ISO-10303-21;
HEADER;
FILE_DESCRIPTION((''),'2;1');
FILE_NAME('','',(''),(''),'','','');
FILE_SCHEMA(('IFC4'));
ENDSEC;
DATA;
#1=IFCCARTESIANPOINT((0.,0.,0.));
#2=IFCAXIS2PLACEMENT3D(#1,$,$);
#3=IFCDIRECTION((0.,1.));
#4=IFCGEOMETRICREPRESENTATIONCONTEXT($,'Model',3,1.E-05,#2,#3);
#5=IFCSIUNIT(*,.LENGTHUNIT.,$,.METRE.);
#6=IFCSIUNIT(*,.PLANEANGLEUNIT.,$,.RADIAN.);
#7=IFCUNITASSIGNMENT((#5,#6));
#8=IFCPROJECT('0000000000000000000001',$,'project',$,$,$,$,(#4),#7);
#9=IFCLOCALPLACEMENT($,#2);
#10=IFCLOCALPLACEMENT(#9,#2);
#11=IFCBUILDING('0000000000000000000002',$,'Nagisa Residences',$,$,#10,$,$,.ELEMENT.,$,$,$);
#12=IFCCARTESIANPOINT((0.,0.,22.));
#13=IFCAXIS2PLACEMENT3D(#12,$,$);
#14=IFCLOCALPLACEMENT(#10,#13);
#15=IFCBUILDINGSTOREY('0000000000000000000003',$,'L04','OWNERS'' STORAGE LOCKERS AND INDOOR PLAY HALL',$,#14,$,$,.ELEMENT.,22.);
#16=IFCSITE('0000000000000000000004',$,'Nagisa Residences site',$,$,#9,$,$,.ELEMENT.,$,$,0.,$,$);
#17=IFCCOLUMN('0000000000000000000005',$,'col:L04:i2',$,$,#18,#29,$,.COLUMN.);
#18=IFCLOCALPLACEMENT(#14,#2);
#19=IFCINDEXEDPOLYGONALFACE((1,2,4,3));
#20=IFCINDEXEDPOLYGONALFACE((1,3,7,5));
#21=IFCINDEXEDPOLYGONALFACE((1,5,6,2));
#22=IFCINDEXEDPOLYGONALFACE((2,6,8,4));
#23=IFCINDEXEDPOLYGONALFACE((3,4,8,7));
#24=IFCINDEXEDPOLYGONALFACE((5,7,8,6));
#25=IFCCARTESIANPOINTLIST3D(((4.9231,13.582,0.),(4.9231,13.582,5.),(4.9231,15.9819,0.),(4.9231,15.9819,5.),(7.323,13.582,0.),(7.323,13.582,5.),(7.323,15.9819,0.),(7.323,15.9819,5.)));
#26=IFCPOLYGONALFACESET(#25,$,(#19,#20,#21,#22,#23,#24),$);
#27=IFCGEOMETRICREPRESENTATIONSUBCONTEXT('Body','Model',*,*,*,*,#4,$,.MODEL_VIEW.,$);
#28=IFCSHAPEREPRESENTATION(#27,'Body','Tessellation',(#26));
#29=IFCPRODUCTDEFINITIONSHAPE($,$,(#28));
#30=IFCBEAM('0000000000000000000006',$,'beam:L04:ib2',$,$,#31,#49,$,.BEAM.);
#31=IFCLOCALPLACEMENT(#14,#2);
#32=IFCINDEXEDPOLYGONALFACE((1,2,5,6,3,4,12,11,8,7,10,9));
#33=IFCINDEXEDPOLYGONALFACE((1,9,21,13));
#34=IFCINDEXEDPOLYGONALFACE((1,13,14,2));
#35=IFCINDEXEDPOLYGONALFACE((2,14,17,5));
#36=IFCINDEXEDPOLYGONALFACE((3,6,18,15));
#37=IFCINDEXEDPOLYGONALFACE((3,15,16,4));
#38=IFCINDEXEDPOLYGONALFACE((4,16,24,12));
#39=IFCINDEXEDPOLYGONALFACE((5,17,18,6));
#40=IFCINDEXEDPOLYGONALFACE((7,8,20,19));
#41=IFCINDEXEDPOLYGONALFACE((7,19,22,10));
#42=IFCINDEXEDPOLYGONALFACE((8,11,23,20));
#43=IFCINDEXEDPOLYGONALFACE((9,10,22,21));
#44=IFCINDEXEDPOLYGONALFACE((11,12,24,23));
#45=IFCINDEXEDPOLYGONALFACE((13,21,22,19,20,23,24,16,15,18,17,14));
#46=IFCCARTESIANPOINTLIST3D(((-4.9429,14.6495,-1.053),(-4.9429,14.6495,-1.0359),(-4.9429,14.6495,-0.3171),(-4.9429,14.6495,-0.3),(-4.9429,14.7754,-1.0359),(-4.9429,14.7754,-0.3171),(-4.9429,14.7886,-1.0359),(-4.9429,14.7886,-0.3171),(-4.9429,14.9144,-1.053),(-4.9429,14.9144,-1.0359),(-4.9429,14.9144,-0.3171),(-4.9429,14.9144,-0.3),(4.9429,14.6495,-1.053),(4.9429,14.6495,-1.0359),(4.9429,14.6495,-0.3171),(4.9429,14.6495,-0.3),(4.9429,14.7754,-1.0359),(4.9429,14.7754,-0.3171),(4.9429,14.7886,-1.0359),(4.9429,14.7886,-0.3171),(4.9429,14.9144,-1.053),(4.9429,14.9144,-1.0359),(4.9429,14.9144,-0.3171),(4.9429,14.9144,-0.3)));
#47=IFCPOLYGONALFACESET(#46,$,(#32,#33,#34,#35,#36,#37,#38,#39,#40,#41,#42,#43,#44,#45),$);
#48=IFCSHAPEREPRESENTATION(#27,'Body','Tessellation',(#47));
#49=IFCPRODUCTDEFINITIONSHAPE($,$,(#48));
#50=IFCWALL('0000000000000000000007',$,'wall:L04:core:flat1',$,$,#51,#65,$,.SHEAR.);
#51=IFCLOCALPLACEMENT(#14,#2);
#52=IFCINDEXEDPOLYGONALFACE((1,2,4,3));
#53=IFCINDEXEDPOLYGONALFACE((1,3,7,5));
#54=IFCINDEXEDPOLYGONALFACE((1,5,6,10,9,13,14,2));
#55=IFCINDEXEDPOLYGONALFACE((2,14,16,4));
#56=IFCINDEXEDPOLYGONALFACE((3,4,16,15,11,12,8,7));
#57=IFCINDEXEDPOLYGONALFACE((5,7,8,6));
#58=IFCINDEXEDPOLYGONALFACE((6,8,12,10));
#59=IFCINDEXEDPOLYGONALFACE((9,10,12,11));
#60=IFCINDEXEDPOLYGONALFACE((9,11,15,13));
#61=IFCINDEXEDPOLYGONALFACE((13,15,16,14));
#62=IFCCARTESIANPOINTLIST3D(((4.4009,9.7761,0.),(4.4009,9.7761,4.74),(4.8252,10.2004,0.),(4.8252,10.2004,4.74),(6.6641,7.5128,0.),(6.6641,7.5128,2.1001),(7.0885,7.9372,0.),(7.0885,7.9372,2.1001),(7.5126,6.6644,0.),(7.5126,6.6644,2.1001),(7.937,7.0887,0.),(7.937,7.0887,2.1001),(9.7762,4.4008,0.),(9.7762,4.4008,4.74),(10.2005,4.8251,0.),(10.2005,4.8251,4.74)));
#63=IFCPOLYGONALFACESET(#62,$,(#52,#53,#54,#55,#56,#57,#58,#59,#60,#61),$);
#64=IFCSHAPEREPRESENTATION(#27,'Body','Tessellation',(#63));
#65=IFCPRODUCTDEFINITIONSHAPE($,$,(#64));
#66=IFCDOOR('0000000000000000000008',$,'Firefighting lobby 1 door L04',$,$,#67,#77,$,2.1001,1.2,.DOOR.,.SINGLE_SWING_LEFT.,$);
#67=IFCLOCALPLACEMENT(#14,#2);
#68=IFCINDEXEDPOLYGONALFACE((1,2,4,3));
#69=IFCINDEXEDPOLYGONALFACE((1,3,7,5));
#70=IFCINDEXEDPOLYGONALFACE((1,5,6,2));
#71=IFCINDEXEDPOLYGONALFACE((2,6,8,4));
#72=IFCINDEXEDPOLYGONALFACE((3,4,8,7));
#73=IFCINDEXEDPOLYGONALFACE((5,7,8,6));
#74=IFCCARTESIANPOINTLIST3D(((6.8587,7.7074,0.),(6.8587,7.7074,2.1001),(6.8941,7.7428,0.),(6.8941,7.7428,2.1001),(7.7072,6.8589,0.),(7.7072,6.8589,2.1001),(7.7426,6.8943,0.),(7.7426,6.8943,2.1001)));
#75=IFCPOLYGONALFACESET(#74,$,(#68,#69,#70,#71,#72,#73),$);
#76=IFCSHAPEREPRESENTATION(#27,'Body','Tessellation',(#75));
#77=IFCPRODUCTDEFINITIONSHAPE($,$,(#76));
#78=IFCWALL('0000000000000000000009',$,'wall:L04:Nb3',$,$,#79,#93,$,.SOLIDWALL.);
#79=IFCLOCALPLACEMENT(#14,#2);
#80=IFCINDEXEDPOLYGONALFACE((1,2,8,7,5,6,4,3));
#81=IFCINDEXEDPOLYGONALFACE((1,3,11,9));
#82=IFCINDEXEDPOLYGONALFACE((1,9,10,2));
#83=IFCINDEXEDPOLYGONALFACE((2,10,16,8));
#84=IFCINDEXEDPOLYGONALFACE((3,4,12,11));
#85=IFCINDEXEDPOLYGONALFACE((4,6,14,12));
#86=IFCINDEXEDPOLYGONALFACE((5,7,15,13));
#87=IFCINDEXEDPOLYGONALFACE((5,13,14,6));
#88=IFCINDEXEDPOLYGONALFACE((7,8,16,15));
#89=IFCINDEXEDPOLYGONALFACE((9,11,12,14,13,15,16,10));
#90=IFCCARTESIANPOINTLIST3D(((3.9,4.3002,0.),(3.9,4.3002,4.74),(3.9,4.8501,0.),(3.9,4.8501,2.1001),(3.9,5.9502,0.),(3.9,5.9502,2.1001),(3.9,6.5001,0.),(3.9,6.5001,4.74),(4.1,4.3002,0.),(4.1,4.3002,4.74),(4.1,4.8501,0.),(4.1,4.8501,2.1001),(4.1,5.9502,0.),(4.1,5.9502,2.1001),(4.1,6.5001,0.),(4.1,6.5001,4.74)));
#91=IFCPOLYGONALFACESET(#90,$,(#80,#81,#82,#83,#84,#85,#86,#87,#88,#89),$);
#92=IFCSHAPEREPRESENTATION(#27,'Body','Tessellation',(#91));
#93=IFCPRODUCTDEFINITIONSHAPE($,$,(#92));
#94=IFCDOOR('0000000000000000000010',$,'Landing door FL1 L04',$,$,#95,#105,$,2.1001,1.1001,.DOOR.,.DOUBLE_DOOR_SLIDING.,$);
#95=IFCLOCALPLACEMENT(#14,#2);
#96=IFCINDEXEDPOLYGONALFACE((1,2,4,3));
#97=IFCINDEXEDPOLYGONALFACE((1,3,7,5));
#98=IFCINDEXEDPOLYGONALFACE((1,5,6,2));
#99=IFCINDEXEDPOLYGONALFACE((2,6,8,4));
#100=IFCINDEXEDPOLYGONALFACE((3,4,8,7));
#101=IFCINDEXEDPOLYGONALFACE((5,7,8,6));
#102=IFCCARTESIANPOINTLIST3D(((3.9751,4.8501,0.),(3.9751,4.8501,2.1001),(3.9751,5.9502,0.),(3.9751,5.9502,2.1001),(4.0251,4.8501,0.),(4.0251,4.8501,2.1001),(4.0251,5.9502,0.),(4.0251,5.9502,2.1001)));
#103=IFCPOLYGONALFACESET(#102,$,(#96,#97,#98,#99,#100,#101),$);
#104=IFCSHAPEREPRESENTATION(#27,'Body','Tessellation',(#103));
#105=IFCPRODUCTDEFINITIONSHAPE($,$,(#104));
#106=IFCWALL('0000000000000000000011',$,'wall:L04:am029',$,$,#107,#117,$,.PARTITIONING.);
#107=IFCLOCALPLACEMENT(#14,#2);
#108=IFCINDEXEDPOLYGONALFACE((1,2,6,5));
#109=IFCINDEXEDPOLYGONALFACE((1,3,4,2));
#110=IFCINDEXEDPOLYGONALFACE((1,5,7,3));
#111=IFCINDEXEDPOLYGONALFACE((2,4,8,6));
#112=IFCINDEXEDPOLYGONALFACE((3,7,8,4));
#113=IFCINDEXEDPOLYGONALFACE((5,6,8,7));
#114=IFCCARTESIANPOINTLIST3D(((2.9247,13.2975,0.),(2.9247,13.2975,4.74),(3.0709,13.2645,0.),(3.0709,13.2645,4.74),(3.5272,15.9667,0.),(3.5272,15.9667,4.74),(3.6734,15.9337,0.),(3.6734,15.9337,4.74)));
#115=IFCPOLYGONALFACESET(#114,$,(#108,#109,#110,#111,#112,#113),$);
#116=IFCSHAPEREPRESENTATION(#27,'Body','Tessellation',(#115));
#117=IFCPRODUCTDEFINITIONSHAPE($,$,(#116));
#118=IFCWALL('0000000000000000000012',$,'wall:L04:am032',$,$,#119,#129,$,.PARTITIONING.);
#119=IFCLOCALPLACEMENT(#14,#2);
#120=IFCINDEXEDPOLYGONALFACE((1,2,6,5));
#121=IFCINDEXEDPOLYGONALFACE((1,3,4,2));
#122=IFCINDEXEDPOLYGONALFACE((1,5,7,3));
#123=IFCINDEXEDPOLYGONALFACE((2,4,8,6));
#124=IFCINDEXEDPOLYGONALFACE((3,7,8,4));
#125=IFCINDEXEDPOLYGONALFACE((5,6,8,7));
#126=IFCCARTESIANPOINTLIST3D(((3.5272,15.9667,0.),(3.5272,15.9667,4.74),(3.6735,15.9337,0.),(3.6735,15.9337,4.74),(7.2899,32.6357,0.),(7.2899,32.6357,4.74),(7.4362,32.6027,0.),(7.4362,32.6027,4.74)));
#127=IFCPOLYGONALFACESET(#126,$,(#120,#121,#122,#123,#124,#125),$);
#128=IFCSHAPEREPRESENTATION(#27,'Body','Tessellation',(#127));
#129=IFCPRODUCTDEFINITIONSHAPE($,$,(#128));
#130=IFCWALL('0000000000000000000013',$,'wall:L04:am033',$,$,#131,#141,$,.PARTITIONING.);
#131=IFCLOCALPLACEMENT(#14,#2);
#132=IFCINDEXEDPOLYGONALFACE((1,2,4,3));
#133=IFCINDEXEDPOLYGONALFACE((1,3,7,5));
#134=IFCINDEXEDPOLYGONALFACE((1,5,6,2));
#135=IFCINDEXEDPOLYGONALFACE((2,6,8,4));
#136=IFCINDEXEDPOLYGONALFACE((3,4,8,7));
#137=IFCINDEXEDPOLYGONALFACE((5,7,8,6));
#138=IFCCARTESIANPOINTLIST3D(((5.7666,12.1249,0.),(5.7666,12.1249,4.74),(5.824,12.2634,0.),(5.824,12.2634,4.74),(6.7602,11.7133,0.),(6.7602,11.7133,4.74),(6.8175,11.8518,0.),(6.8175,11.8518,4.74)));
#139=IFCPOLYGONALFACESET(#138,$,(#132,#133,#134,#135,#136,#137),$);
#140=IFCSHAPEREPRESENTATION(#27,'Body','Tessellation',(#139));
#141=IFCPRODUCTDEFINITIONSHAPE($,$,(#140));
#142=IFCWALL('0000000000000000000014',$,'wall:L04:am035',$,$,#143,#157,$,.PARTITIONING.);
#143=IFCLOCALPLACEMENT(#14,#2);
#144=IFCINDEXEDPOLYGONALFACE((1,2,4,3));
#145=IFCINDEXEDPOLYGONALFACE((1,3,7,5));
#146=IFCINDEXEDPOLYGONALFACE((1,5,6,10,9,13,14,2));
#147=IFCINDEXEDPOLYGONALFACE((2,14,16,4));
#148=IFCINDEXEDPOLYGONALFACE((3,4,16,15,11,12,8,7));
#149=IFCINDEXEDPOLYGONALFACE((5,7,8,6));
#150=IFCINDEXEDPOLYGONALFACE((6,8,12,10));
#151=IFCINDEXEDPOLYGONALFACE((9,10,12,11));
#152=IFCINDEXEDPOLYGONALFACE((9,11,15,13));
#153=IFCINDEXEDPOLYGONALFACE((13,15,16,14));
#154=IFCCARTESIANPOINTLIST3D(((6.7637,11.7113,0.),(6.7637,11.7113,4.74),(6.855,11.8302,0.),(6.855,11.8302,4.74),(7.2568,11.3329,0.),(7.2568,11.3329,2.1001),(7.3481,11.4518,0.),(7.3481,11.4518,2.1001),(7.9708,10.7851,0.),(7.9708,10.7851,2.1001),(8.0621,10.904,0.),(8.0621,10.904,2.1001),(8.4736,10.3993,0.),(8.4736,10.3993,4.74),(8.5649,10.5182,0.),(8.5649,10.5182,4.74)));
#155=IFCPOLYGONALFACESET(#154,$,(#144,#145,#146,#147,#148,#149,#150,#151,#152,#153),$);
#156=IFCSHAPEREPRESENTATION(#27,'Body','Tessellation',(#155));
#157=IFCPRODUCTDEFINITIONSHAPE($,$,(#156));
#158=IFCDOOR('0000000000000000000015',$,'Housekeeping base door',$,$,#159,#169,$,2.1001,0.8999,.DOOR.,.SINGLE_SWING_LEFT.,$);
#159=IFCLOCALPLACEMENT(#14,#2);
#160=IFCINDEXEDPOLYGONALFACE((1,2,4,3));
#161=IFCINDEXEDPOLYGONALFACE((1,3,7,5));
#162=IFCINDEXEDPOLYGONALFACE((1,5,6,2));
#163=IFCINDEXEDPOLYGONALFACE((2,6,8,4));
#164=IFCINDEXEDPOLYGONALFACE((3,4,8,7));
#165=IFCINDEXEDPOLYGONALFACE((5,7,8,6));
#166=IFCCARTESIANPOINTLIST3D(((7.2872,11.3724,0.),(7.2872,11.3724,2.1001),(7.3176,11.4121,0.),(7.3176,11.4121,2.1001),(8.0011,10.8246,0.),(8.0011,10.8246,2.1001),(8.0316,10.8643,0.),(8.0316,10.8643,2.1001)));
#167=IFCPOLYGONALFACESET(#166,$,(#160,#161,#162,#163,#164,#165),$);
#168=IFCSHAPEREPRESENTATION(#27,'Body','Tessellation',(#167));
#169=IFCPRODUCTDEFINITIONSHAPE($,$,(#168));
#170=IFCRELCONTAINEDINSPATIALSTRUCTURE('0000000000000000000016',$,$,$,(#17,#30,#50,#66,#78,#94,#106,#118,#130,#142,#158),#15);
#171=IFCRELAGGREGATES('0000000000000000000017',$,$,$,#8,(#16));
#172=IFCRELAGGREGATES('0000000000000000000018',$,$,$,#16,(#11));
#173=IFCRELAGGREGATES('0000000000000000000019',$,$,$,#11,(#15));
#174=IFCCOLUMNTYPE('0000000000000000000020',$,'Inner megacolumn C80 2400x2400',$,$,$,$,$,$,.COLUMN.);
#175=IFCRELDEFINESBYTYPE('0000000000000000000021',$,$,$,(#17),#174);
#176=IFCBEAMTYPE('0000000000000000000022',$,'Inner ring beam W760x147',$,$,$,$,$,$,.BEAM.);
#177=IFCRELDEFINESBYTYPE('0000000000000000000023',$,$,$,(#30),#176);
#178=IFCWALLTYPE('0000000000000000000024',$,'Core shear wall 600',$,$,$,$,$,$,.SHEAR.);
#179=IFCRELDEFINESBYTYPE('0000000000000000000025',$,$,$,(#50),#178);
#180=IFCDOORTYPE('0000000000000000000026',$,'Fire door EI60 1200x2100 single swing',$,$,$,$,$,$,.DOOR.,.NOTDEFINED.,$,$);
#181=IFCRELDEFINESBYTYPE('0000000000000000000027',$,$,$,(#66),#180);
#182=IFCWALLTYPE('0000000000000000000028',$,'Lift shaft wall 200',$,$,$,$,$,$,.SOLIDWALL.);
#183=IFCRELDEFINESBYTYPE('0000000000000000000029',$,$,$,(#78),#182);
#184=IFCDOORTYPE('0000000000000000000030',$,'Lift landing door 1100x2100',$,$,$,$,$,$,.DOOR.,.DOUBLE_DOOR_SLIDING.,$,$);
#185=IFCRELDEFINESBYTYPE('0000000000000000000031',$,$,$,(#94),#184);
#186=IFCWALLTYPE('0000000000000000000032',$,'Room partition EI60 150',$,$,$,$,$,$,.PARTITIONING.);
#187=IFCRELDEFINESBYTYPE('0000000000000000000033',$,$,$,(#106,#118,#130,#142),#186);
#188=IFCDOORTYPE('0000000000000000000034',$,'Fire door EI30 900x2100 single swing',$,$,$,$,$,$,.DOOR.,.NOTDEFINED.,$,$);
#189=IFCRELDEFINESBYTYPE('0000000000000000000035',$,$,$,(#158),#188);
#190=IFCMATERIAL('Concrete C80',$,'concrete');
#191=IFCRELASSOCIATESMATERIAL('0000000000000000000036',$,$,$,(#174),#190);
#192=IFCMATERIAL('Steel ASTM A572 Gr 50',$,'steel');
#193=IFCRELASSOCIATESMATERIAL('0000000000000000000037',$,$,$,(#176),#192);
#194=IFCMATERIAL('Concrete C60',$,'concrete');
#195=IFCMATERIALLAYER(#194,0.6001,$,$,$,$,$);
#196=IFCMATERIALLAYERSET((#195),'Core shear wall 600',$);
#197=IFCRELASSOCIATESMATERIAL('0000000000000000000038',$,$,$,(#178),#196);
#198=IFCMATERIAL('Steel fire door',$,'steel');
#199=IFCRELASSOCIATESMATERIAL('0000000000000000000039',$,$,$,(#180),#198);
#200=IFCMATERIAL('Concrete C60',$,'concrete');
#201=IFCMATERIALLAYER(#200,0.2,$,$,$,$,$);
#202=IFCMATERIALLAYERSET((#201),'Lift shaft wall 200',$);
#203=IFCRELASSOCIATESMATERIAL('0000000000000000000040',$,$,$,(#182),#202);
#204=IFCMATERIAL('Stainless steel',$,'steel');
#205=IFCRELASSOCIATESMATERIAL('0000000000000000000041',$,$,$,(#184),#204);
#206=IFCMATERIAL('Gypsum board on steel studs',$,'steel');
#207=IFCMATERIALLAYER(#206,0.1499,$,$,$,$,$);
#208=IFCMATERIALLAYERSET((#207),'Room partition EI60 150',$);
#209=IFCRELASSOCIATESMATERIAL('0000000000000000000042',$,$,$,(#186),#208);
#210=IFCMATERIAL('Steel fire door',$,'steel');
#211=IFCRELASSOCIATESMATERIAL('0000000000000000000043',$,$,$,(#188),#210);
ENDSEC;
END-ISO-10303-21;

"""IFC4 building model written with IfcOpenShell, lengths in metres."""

from ifc_helpers import new_model, si_unit, direction, frame, frame_2d, origin, origin_2d, place, context, subcontext, project, spatial, rectangle, i_section, extrude, material, layer, layer_set, material_profile, profile_set, type_object, element, fill, save


model = new_model("IFC4")

# Units and contexts
model_context = context("Model", 3, precision=1e-05, world=origin(), true_north=direction((0.0, 1.0)))
body_context = subcontext(model_context, "Body", "Model", "MODEL_VIEW")
ifc_project = project(units=[si_unit("LENGTHUNIT", "METRE"), si_unit("PLANEANGLEUNIT", "RADIAN")], contexts=[model_context])

# Site, building, storey
site_placement = place(None, origin())
site = spatial("IfcSite", under=ifc_project, at=site_placement, Name="Nagisa Residences site", CompositionType="ELEMENT", RefElevation=0.0)
building_placement = place(site_placement, origin())
building = spatial("IfcBuilding", under=site, at=building_placement, Name="Nagisa Residences", CompositionType="ELEMENT")
storey_placement = place(building_placement, frame((0.0, 0.0, 22.0)))
storey = spatial("IfcBuildingStorey", under=building, at=storey_placement, Name="L04", Description="OWNERS' STORAGE LOCKERS AND INDOOR PLAY HALL", CompositionType="ELEMENT", Elevation=22.0)

# Column
ifc_material_1 = material(Name="Concrete C80", Category="concrete")
ifc_material_profile_1 = material_profile(ifc_material_1, rectangle(XDim=2.3999, YDim=2.3999, at=origin_2d()), Name="C80 2400x2400")
ifc_profile_set_1 = profile_set([ifc_material_profile_1], Name="Concrete C80")
column_type = type_object("IfcColumnType", Name="Inner megacolumn C80 2400x2400", PredefinedType="COLUMN", material=ifc_profile_set_1)
column_placement = place(storey_placement, frame((6.123, 14.782, 0.0), z_axis=(0.0, 0.0, 1.0), x_axis=(1.0, 0.0, 0.0)))
element("IfcColumn", 1, at=column_placement, inside=storey, type_object=column_type, Name="col:L04:i2", PredefinedType="COLUMN", context=body_context, shape_type="SweptSolid", body=[
    extrude(rectangle(XDim=2.3999, YDim=2.3999, at=origin_2d()), origin(), (0.0, 0.0, 1.0), 5.0),
])

# Beam
ifc_material_2 = material(Name="Steel ASTM A572 Gr 50", Category="steel")
ifc_material_profile_2 = material_profile(ifc_material_2, i_section(OverallWidth=0.2649, OverallDepth=0.7529, WebThickness=0.0132, FlangeThickness=0.0171, at=origin_2d()), Name="W760x147")
ifc_profile_set_2 = profile_set([ifc_material_profile_2], Name="Steel ASTM A572 Gr 50")
beam_type = type_object("IfcBeamType", Name="Inner ring beam W760x147", PredefinedType="BEAM", material=ifc_profile_set_2)
beam_placement = place(storey_placement, frame((4.9429, 14.782, -0.6765), z_axis=(-1.0, 0.0, 0.0), x_axis=(0.0, -1.0, 0.0)))
element("IfcBeam", 2, at=beam_placement, inside=storey, type_object=beam_type, Name="beam:L04:ib2", PredefinedType="BEAM", context=body_context, shape_type="SweptSolid", body=[
    extrude(i_section(OverallWidth=0.2649, OverallDepth=0.7529, WebThickness=0.0132, FlangeThickness=0.0171, at=origin_2d()), origin(), (0.0, 0.0, 1.0), 9.8857),
])

# Walls, openings, doors
ifc_material_3 = material(Name="Concrete C60", Category="concrete")
ifc_layer_1 = layer(ifc_material_3, 0.6001)
ifc_layer_set_1 = layer_set([ifc_layer_1], Name="Core shear wall 600")
wall_type_1 = type_object("IfcWallType", Name="Core shear wall 600", PredefinedType="SHEAR", material=ifc_layer_set_1)
wall_1_placement = place(storey_placement, frame((9.9883, 4.613, 0.0), z_axis=(0.0, 0.0, 1.0), x_axis=(-0.707107, 0.707107, 0.0)))
wall_1 = element("IfcWall", 3, at=wall_1_placement, inside=storey, type_object=wall_type_1, Name="wall:L04:core:flat1", PredefinedType="SHEAR", context=body_context, shape_type="SweptSolid", body=[
    extrude(rectangle(XDim=7.6018, YDim=0.6001, at=frame_2d((3.8008, 0.0))), origin(), (0.0, 0.0, 1.0), 4.74),
])
opening_1_placement = place(wall_1_placement, frame((3.2009, 0.0, 0.0)))
opening_1 = element("IfcOpeningElement", 4, at=opening_1_placement, cuts=wall_1, PredefinedType="OPENING", context=body_context, shape_type="SweptSolid", body=[
    extrude(rectangle(XDim=1.2, YDim=2.1001, at=frame_2d((0.6001, 1.05))), frame((0.0, 0.3101, 0.0), z_axis=(0.0, -1.0, 0.0), x_axis=(1.0, 0.0, 0.0)), (0.0, 0.0, 1.0), 0.6201),
])
ifc_material_4 = material(Name="Steel fire door", Category="steel")
door_type_1 = type_object("IfcDoorType", Name="Fire door EI60 1200x2100 single swing", OperationType="NOTDEFINED", PredefinedType="DOOR", material=ifc_material_4)
door_1_placement = place(opening_1_placement, origin())
door_1 = element("IfcDoor", 5, at=door_1_placement, inside=storey, type_object=door_type_1, Name="Firefighting lobby 1 door L04", OperationType="SINGLE_SWING_LEFT", OverallHeight=2.1001, OverallWidth=1.2, PredefinedType="DOOR", context=body_context, shape_type="SweptSolid", body=[
    extrude(rectangle(XDim=1.2, YDim=2.1001, at=frame_2d((0.6001, 1.05))), frame((0.0, 0.0249, 0.0), z_axis=(0.0, -1.0, 0.0), x_axis=(1.0, 0.0, 0.0)), (0.0, 0.0, 1.0), 0.05),
])
fill(opening_1, door_1)
ifc_material_5 = material(Name="Concrete C60", Category="concrete")
ifc_layer_2 = layer(ifc_material_5, 0.2)
ifc_layer_set_2 = layer_set([ifc_layer_2], Name="Lift shaft wall 200")
wall_type_2 = type_object("IfcWallType", Name="Lift shaft wall 200", PredefinedType="SOLIDWALL", material=ifc_layer_set_2)
wall_2_placement = place(storey_placement, frame((4.0, 4.3, 0.0), z_axis=(0.0, 0.0, 1.0), x_axis=(0.0, 1.0, 0.0)))
wall_2 = element("IfcWall", 6, at=wall_2_placement, inside=storey, type_object=wall_type_2, Name="wall:L04:Nb3", PredefinedType="SOLIDWALL", context=body_context, shape_type="SweptSolid", body=[
    extrude(rectangle(XDim=2.2, YDim=0.2, at=frame_2d((1.1001, 0.0))), origin(), (0.0, 0.0, 1.0), 4.74),
])
opening_2_placement = place(wall_2_placement, frame((0.55, 0.0, 0.0)))
opening_2 = element("IfcOpeningElement", 7, at=opening_2_placement, cuts=wall_2, PredefinedType="OPENING", context=body_context, shape_type="SweptSolid", body=[
    extrude(rectangle(XDim=1.1001, YDim=2.1001, at=frame_2d((0.55, 1.05))), frame((0.0, 0.1099, 0.0), z_axis=(0.0, -1.0, 0.0), x_axis=(1.0, 0.0, 0.0)), (0.0, 0.0, 1.0), 0.22),
])
ifc_material_6 = material(Name="Stainless steel", Category="steel")
door_type_2 = type_object("IfcDoorType", Name="Lift landing door 1100x2100", OperationType="DOUBLE_DOOR_SLIDING", PredefinedType="DOOR", material=ifc_material_6)
door_2_placement = place(opening_2_placement, origin())
door_2 = element("IfcDoor", 8, at=door_2_placement, inside=storey, type_object=door_type_2, Name="Landing door FL1 L04", OperationType="DOUBLE_DOOR_SLIDING", OverallHeight=2.1001, OverallWidth=1.1001, PredefinedType="DOOR", context=body_context, shape_type="SweptSolid", body=[
    extrude(rectangle(XDim=1.1001, YDim=2.1001, at=frame_2d((0.55, 1.05))), frame((0.0, 0.0249, 0.0), z_axis=(0.0, -1.0, 0.0), x_axis=(1.0, 0.0, 0.0)), (0.0, 0.0, 1.0), 0.05),
])
fill(opening_2, door_2)

# Walls
ifc_material_7 = material(Name="Gypsum board on steel studs", Category="steel")
ifc_layer_3 = layer(ifc_material_7, 0.1499)
ifc_layer_set_3 = layer_set([ifc_layer_3], Name="Room partition EI60 150")
wall_type_3 = type_object("IfcWallType", Name="Room partition EI60 150", PredefinedType="PARTITIONING", material=ifc_layer_set_3)
wall_3_placement = place(storey_placement, frame((2.9978, 13.281, 0.0), z_axis=(0.0, 0.0, 1.0), x_axis=(0.220198, 0.975455, 0.0)))
element("IfcWall", 9, at=wall_3_placement, inside=storey, type_object=wall_type_3, Name="wall:L04:am029", PredefinedType="PARTITIONING", context=body_context, shape_type="SweptSolid", body=[
    extrude(rectangle(XDim=2.7363, YDim=0.1499, at=frame_2d((1.3682, 0.0))), origin(), (0.0, 0.0, 1.0), 4.74),
])
wall_4_placement = place(storey_placement, frame((3.6003, 15.9502, 0.0), z_axis=(0.0, 0.0, 1.0), x_axis=(0.220191, 0.975457, 0.0)))
element("IfcWall", 10, at=wall_4_placement, inside=storey, type_object=wall_type_3, Name="wall:L04:am032", PredefinedType="PARTITIONING", context=body_context, shape_type="SweptSolid", body=[
    extrude(rectangle(XDim=17.0884, YDim=0.1499, at=frame_2d((8.5442, 0.0))), origin(), (0.0, 0.0, 1.0), 4.74),
])
wall_5_placement = place(storey_placement, frame((5.7954, 12.1941, 0.0), z_axis=(0.0, 0.0, 1.0), x_axis=(0.923867, -0.382713, 0.0)))
element("IfcWall", 11, at=wall_5_placement, inside=storey, type_object=wall_type_3, Name="wall:L04:am033", PredefinedType="PARTITIONING", context=body_context, shape_type="SweptSolid", body=[
    extrude(rectangle(XDim=1.0754, YDim=0.1499, at=frame_2d((0.5376, 0.0))), origin(), (0.0, 0.0, 1.0), 4.74),
])

# Wall, opening, door
wall_6_placement = place(storey_placement, frame((6.8093, 11.7708, 0.0), z_axis=(0.0, 0.0, 1.0), x_axis=(0.793373, -0.608736, 0.0)))
wall_6 = element("IfcWall", 12, at=wall_6_placement, inside=storey, type_object=wall_type_3, Name="wall:L04:am035", PredefinedType="PARTITIONING", context=body_context, shape_type="SweptSolid", body=[
    extrude(rectangle(XDim=2.1553, YDim=0.1499, at=frame_2d((1.0776, 0.0))), origin(), (0.0, 0.0, 1.0), 4.74),
])
opening_3_placement = place(wall_6_placement, frame((0.6216, 0.0, 0.0)))
opening_3 = element("IfcOpeningElement", 13, at=opening_3_placement, cuts=wall_6, PredefinedType="OPENING", context=body_context, shape_type="SweptSolid", body=[
    extrude(rectangle(XDim=0.8999, YDim=2.1001, at=frame_2d((0.45, 1.05))), frame((0.0, 0.085, 0.0), z_axis=(0.0, -1.0, 0.0), x_axis=(1.0, 0.0, 0.0)), (0.0, 0.0, 1.0), 0.1699),
])
ifc_material_8 = material(Name="Steel fire door", Category="steel")
door_type_3 = type_object("IfcDoorType", Name="Fire door EI30 900x2100 single swing", OperationType="NOTDEFINED", PredefinedType="DOOR", material=ifc_material_8)
door_3_placement = place(opening_3_placement, origin())
door_3 = element("IfcDoor", 14, at=door_3_placement, inside=storey, type_object=door_type_3, Name="Housekeeping base door", OperationType="SINGLE_SWING_LEFT", OverallHeight=2.1001, OverallWidth=0.8999, PredefinedType="DOOR", context=body_context, shape_type="SweptSolid", body=[
    extrude(rectangle(XDim=0.8999, YDim=2.1001, at=frame_2d((0.45, 1.05))), frame((0.0, 0.0249, 0.0), z_axis=(0.0, -1.0, 0.0), x_axis=(1.0, 0.0, 0.0)), (0.0, 0.0, 1.0), 0.05),
])
fill(opening_3, door_3)

save(model, "model.ifc")
